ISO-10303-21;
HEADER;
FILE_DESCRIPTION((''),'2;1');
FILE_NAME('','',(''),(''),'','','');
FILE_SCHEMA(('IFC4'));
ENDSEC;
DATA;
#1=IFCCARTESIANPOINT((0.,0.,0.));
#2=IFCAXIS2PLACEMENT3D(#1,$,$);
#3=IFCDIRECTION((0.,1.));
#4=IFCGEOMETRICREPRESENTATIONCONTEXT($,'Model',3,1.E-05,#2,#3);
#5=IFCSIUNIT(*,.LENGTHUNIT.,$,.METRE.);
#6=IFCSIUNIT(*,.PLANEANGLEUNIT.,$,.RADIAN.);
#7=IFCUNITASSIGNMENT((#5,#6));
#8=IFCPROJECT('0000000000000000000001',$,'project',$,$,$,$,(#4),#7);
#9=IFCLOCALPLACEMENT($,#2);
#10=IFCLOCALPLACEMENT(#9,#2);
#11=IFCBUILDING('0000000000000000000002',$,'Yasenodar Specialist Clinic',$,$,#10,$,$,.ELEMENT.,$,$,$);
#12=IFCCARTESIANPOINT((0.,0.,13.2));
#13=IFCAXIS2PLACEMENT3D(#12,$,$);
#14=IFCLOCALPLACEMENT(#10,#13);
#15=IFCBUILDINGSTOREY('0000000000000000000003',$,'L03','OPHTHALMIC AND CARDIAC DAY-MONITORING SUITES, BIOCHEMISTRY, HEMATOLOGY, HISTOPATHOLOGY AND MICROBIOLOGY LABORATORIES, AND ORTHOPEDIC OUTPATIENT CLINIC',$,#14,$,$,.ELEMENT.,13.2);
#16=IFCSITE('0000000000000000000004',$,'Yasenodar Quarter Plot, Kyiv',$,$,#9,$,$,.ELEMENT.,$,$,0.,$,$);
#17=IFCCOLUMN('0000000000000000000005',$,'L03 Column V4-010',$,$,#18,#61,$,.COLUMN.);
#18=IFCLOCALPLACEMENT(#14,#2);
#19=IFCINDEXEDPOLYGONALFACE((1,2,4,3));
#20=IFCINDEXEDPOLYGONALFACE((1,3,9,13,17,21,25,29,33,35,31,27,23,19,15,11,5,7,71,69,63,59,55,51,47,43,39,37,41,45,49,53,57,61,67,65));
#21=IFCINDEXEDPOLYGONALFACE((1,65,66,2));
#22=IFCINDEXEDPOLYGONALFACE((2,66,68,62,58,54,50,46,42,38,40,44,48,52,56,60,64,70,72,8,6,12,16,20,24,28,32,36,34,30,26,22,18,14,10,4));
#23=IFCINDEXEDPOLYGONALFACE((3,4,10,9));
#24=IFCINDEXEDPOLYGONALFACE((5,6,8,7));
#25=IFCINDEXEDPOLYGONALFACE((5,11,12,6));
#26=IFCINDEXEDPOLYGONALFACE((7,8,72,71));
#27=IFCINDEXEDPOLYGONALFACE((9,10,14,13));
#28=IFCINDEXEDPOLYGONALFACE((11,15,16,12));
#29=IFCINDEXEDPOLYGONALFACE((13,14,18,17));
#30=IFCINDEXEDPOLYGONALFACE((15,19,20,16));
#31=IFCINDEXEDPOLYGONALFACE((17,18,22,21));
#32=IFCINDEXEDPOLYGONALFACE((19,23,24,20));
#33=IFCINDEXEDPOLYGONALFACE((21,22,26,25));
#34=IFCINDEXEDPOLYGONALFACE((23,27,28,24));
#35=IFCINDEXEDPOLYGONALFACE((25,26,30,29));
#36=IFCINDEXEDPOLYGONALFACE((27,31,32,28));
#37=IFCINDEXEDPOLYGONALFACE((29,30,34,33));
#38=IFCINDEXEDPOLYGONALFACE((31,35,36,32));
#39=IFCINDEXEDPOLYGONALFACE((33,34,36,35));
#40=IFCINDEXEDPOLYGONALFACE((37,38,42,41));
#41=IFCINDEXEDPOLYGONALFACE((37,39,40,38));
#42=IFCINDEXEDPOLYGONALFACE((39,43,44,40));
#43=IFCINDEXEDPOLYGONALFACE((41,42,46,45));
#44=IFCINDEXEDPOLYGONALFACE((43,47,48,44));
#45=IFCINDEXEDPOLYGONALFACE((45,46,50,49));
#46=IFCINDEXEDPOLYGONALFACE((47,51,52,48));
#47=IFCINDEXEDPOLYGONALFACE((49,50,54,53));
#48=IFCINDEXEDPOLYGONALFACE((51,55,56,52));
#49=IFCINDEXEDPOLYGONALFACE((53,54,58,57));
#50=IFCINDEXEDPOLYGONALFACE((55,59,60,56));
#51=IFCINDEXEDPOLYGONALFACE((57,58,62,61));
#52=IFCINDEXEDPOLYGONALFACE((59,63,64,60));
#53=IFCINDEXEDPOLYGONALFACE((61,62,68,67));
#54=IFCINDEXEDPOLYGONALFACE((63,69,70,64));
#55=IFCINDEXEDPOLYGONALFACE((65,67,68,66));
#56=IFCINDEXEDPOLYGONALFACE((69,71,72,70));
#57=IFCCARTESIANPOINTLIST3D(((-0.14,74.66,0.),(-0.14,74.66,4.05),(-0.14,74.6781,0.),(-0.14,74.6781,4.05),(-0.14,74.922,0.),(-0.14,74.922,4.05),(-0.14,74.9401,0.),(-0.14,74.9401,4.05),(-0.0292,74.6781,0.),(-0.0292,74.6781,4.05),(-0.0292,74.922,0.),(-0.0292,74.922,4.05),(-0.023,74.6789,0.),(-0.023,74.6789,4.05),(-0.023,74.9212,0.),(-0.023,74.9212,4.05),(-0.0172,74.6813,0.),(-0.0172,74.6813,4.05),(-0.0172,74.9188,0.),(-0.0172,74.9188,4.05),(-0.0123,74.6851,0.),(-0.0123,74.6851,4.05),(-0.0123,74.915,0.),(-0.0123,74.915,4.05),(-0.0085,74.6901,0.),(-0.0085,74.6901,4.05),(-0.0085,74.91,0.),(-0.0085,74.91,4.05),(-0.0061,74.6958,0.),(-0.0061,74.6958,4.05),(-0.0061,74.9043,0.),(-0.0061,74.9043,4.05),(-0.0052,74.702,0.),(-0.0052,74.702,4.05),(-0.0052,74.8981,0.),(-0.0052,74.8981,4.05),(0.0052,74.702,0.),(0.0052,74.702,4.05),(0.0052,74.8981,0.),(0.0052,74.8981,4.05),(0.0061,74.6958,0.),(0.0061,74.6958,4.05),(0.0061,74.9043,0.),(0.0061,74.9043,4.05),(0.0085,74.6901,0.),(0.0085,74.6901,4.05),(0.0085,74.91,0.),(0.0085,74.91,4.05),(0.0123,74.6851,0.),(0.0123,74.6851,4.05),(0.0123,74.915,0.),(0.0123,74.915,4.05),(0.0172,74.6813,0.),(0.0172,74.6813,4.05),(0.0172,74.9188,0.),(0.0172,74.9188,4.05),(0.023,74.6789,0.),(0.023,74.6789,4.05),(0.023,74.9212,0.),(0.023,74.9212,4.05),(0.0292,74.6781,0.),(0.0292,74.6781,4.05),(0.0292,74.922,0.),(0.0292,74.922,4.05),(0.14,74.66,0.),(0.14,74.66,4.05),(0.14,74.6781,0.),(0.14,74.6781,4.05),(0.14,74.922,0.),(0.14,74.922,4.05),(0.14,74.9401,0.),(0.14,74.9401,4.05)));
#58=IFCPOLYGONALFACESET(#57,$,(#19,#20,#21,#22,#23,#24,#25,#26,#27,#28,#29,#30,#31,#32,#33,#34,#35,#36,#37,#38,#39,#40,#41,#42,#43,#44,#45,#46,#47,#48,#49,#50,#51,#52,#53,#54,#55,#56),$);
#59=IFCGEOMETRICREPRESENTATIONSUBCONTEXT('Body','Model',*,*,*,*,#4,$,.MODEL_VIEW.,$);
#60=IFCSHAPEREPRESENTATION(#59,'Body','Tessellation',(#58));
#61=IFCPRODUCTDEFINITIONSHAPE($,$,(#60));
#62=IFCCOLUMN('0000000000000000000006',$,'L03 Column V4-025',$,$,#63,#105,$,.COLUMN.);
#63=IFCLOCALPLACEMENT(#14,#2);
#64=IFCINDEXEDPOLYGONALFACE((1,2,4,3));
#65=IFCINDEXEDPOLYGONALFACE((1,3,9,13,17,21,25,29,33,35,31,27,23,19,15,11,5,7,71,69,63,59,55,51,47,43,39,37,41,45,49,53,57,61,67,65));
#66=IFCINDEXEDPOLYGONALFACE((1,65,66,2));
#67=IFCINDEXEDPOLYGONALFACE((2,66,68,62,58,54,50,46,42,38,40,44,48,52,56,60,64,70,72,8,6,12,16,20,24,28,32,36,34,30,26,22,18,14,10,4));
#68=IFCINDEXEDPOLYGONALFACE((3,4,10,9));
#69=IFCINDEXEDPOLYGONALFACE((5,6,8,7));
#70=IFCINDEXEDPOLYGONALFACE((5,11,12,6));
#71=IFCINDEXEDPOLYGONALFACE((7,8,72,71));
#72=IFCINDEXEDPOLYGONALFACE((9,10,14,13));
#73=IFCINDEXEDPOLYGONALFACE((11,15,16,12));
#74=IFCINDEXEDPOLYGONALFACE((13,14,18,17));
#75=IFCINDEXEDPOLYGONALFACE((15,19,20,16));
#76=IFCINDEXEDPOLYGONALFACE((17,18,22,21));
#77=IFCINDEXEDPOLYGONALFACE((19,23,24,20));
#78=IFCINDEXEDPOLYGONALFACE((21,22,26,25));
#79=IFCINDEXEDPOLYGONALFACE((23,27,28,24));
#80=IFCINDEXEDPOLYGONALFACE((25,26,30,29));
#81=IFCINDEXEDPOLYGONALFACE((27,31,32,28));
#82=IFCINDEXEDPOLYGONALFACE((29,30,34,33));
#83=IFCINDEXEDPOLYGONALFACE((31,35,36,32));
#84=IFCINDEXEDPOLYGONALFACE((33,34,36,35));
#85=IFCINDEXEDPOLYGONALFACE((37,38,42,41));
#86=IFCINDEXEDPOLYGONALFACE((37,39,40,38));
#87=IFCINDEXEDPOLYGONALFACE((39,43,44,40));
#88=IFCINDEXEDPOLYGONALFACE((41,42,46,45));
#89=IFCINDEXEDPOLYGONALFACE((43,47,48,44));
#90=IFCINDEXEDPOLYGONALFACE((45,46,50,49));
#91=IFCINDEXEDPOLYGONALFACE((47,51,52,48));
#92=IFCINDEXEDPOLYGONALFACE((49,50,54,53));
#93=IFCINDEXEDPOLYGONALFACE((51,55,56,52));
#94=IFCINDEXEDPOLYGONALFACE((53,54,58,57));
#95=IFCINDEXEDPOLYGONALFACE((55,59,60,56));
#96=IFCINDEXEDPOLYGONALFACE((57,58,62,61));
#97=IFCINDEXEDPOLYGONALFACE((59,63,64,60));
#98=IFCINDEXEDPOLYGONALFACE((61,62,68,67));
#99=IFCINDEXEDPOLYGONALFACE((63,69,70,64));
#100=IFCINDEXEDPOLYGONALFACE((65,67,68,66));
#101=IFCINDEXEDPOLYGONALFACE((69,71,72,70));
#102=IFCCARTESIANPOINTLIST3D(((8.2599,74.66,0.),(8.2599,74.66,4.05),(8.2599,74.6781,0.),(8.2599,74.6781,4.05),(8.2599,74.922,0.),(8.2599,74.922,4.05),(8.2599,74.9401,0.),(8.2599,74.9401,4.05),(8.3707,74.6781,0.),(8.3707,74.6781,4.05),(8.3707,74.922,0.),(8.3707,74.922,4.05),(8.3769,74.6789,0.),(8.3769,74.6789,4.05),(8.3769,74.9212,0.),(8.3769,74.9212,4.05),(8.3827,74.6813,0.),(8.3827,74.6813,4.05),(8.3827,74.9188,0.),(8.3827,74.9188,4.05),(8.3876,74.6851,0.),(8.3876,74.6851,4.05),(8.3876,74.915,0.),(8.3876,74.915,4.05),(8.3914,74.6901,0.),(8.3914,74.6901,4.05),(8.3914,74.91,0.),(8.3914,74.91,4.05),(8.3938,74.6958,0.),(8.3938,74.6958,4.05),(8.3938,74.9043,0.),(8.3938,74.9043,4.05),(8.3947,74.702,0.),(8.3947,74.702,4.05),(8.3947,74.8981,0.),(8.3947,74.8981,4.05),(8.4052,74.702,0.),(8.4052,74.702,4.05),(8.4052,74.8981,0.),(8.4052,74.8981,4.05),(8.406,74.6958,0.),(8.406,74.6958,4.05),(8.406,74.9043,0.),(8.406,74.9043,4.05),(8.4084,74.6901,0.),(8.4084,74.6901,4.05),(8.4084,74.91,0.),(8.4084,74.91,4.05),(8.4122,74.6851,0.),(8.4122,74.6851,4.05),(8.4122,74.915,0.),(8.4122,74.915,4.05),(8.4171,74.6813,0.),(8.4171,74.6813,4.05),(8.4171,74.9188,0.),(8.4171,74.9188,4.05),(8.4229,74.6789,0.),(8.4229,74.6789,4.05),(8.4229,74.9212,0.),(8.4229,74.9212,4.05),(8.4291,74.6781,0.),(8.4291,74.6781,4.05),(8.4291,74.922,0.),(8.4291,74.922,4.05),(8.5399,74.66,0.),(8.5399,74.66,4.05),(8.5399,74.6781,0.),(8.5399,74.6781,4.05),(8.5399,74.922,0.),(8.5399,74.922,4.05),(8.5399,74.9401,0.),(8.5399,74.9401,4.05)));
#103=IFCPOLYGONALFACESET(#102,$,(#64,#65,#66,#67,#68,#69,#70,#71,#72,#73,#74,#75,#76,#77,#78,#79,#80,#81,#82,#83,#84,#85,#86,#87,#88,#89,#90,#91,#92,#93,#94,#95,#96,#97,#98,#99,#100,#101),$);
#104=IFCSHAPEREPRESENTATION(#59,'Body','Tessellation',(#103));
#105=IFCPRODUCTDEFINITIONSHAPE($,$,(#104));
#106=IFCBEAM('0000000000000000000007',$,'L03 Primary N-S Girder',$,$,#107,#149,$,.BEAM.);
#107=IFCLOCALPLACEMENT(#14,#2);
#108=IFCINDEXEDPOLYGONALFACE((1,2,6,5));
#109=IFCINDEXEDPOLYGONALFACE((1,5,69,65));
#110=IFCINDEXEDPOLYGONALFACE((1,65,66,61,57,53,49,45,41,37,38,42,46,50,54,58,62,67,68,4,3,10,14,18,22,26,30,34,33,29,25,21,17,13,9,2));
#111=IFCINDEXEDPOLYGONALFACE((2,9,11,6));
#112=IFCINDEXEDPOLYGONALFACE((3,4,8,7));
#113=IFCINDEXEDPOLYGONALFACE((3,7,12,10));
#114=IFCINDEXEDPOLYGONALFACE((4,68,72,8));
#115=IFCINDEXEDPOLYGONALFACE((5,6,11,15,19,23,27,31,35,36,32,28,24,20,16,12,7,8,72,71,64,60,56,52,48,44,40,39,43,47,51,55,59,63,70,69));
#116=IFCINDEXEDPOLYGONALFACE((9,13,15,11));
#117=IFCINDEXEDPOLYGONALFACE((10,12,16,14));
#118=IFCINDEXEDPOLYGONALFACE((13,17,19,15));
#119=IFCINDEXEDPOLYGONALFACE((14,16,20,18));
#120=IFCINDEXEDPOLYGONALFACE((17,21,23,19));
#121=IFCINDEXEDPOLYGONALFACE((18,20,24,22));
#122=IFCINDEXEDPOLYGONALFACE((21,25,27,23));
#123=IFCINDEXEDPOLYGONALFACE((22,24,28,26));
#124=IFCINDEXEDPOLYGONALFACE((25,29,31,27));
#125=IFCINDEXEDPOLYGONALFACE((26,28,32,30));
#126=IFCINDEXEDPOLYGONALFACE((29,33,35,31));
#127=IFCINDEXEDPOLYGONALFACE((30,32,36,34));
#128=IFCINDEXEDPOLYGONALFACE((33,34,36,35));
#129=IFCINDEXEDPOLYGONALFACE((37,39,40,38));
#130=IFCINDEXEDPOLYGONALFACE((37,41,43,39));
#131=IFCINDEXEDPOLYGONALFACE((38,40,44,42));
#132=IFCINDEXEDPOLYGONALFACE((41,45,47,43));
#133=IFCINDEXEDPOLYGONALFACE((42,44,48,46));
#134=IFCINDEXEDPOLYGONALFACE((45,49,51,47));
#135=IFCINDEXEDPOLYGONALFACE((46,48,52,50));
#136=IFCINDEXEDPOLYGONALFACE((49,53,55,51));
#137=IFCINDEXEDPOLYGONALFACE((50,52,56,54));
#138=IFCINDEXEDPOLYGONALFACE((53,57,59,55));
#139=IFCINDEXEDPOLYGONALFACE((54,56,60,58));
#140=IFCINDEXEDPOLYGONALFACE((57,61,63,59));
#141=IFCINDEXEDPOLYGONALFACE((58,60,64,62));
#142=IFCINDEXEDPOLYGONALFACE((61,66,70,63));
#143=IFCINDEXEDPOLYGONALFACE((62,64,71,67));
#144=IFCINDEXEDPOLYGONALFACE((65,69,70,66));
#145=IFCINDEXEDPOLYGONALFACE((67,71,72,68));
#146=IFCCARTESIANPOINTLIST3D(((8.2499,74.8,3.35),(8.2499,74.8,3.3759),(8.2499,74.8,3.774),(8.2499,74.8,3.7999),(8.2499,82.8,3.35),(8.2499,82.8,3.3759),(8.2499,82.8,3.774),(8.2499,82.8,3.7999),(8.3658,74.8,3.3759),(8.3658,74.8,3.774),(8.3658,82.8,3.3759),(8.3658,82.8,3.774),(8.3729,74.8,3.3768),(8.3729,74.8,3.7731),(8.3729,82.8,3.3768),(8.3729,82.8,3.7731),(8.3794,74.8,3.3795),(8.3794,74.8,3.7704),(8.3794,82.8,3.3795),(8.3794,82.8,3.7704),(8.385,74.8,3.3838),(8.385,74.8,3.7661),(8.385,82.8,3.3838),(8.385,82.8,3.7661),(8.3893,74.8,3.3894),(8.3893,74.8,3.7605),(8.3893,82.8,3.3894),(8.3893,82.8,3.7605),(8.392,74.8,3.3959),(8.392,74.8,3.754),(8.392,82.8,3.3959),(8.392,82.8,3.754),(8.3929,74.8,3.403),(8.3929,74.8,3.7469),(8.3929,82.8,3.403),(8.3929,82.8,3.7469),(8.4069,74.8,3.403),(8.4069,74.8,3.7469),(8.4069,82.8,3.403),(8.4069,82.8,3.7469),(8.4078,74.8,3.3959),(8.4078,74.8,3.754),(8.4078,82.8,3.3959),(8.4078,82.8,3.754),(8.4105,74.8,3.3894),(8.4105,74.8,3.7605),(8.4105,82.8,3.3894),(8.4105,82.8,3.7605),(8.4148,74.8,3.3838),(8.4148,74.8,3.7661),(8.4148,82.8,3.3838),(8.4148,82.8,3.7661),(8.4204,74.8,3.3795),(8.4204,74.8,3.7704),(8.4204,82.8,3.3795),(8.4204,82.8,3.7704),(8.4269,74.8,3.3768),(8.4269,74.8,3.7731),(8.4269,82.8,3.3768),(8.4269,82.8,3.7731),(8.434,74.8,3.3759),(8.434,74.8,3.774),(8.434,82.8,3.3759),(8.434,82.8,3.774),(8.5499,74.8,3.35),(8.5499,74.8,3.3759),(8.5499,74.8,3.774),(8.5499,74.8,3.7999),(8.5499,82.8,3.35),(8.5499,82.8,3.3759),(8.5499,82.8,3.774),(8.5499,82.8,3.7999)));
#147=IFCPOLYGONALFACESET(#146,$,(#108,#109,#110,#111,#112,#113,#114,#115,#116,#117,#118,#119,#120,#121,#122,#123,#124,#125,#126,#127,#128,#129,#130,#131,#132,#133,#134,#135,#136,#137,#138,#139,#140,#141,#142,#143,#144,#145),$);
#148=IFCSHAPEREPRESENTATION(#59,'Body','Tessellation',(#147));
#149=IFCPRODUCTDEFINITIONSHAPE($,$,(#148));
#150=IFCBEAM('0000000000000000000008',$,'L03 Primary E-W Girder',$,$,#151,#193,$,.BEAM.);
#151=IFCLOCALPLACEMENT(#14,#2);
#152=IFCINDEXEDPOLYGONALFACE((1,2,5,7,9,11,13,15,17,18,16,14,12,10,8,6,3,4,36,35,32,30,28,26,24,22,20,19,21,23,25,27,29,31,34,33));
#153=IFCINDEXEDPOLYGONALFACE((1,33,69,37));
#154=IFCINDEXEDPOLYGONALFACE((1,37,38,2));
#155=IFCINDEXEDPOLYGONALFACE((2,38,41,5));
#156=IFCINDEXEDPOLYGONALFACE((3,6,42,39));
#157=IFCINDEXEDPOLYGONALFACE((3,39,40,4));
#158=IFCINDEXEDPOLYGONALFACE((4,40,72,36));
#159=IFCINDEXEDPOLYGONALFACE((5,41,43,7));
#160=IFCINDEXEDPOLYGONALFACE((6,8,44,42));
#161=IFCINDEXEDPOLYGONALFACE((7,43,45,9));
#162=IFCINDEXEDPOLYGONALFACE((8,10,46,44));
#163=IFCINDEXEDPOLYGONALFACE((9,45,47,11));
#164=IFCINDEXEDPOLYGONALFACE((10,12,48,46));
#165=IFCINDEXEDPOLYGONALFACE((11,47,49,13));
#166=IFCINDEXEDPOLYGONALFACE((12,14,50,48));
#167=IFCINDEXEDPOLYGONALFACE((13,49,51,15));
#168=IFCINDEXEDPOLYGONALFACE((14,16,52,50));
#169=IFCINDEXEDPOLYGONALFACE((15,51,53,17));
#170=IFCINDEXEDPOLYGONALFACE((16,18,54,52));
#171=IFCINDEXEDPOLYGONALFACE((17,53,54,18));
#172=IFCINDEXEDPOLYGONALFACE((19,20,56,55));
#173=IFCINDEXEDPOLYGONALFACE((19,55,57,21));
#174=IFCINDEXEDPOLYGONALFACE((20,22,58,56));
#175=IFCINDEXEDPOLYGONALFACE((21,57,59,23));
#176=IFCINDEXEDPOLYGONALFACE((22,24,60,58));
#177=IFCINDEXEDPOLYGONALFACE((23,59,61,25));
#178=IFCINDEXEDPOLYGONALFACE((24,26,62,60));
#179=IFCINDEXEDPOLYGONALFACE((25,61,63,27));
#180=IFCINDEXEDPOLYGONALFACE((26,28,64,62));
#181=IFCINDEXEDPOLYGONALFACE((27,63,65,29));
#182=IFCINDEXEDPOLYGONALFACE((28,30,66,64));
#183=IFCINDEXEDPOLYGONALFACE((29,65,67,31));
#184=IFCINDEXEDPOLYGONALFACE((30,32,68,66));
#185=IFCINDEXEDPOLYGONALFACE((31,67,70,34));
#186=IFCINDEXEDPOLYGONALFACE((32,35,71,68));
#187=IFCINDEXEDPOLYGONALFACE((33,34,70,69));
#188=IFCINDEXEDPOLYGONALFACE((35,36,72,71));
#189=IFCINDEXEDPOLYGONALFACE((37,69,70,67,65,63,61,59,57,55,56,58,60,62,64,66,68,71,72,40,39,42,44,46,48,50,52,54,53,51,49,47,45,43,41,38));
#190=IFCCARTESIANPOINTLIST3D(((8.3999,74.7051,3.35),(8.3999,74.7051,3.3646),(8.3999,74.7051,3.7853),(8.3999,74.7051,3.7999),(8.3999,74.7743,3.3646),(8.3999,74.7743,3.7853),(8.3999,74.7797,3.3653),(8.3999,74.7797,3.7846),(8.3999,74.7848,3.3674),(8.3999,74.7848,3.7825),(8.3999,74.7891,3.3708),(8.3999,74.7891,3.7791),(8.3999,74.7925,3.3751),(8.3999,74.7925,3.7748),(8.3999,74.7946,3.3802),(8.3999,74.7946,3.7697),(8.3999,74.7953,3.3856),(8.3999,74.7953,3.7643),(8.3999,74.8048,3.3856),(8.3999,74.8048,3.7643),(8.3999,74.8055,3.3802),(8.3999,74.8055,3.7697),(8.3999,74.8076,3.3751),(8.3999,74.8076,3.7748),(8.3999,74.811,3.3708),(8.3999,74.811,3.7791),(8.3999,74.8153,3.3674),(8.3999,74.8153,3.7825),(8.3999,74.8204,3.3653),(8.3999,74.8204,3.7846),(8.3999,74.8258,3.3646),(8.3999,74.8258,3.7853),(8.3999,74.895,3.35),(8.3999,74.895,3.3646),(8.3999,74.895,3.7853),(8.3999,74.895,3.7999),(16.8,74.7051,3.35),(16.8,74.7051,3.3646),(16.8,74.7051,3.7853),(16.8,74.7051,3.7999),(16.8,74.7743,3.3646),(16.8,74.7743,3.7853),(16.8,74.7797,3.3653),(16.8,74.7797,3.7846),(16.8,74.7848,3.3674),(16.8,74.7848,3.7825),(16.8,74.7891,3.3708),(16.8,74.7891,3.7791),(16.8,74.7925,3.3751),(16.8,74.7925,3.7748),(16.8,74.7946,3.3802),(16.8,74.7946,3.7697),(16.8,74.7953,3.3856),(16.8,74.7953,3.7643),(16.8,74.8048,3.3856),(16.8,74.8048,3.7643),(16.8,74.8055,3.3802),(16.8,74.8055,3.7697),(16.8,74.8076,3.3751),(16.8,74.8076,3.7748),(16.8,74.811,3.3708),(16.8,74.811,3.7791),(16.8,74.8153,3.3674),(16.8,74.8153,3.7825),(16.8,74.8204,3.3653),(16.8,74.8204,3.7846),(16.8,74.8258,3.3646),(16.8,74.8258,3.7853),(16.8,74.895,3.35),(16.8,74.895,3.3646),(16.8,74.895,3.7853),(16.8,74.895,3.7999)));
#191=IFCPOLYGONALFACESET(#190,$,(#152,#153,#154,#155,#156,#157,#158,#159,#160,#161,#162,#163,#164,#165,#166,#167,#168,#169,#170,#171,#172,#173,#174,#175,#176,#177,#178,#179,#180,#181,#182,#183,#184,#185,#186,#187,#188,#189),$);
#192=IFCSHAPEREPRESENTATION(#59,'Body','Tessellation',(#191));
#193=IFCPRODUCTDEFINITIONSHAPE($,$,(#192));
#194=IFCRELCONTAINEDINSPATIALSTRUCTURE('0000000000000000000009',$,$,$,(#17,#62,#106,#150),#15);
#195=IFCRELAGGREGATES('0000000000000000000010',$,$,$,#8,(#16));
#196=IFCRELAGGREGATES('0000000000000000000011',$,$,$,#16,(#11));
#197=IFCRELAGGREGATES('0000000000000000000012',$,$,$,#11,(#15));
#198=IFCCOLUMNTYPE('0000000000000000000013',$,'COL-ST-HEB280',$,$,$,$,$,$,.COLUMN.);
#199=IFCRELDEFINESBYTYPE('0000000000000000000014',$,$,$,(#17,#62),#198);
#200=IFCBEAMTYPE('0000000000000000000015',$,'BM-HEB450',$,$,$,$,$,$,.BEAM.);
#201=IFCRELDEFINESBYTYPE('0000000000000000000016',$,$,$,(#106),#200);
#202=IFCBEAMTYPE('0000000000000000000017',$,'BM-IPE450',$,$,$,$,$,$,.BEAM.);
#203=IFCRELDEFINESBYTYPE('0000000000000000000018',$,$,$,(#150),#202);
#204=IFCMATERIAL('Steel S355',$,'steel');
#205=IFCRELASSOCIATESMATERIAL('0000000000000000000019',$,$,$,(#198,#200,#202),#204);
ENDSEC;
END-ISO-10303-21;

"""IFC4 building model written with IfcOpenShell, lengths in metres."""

from ifc_helpers import new_model, si_unit, direction, frame, origin, origin_2d, place, context, subcontext, project, spatial, i_section, extrude, material, material_profile, profile_set, type_object, element, save


model = new_model("IFC4")

# Units and contexts
model_context = context("Model", 3, precision=1e-05, world=origin(), true_north=direction((0.0, 1.0)))
body_context = subcontext(model_context, "Body", "Model", "MODEL_VIEW")
ifc_project = project(units=[si_unit("LENGTHUNIT", "METRE"), si_unit("PLANEANGLEUNIT", "RADIAN")], contexts=[model_context])

# Site, building, storey
site_placement = place(None, origin())
site = spatial("IfcSite", under=ifc_project, at=site_placement, Name="Yasenodar Quarter Plot, Kyiv", CompositionType="ELEMENT", RefElevation=0.0)
building_placement = place(site_placement, origin())
building = spatial("IfcBuilding", under=site, at=building_placement, Name="Yasenodar Specialist Clinic", CompositionType="ELEMENT")
storey_placement = place(building_placement, frame((0.0, 0.0, 13.2)))
storey = spatial("IfcBuildingStorey", under=building, at=storey_placement, Name="L03", Description="OPHTHALMIC AND CARDIAC DAY-MONITORING SUITES, BIOCHEMISTRY, HEMATOLOGY, HISTOPATHOLOGY AND MICROBIOLOGY LABORATORIES, AND ORTHOPEDIC OUTPATIENT CLINIC", CompositionType="ELEMENT", Elevation=13.2)

# Columns
ifc_material_1 = material(Name="Steel S355", Category="steel")
ifc_material_profile_1 = material_profile(ifc_material_1, i_section(OverallWidth=0.28, OverallDepth=0.28, WebThickness=0.0105, FlangeThickness=0.0181, FilletRadius=0.0239, at=origin_2d()), Name="HEB 280")
ifc_profile_set_1 = profile_set([ifc_material_profile_1], Name="Steel S355")
column_type = type_object("IfcColumnType", Name="COL-ST-HEB280", PredefinedType="COLUMN", material=ifc_profile_set_1)
for number, where, z_axis, x_axis, name in (
    (1, (0.0, 74.8, 0.0), (0.0, 0.0, 1.0), (1.0, 0.0, 0.0), "L03 Column V4-010"),
    (2, (8.3999, 74.8, 0.0), (0.0, 0.0, 1.0), (1.0, 0.0, 0.0), "L03 Column V4-025"),
):
    element("IfcColumn", number, at=place(storey_placement, frame(where, z_axis=z_axis, x_axis=x_axis)), inside=storey, type_object=column_type, Name=name, PredefinedType="COLUMN", context=body_context, shape_type="SweptSolid", body=[
        extrude(i_section(OverallWidth=0.28, OverallDepth=0.28, WebThickness=0.0105, FlangeThickness=0.0181, FilletRadius=0.0239, at=origin_2d()), origin(), (0.0, 0.0, 1.0), 4.05),
    ])

# Beams
ifc_material_profile_2 = material_profile(ifc_material_1, i_section(OverallWidth=0.3, OverallDepth=0.45, WebThickness=0.0139, FlangeThickness=0.0259, FilletRadius=0.0271, at=origin_2d()), Name="HEB 450")
ifc_profile_set_2 = profile_set([ifc_material_profile_2], Name="Steel S355")
beam_type_1 = type_object("IfcBeamType", Name="BM-HEB450", PredefinedType="BEAM", material=ifc_profile_set_2)
beam_1_placement = place(storey_placement, frame((8.3999, 74.8, 3.575), z_axis=(0.0, 1.0, 0.0), x_axis=(-1.0, 0.0, 0.0)))
element("IfcBeam", 3, at=beam_1_placement, inside=storey, type_object=beam_type_1, Name="L03 Primary N-S Girder", PredefinedType="BEAM", context=body_context, shape_type="SweptSolid", body=[
    extrude(i_section(OverallWidth=0.3, OverallDepth=0.45, WebThickness=0.0139, FlangeThickness=0.0259, FilletRadius=0.0271, at=origin_2d()), origin(), (0.0, 0.0, 1.0), 8.0),
])
ifc_material_profile_3 = material_profile(ifc_material_1, i_section(OverallWidth=0.1899, OverallDepth=0.45, WebThickness=0.0095, FlangeThickness=0.0146, FilletRadius=0.021, at=origin_2d()), Name="IPE 450")
ifc_profile_set_3 = profile_set([ifc_material_profile_3], Name="Steel S355")
beam_type_2 = type_object("IfcBeamType", Name="BM-IPE450", PredefinedType="BEAM", material=ifc_profile_set_3)
beam_2_placement = place(storey_placement, frame((8.3999, 74.8, 3.575), z_axis=(1.0, 0.0, 0.0), x_axis=(0.0, 1.0, 0.0)))
element("IfcBeam", 4, at=beam_2_placement, inside=storey, type_object=beam_type_2, Name="L03 Primary E-W Girder", PredefinedType="BEAM", context=body_context, shape_type="SweptSolid", body=[
    extrude(i_section(OverallWidth=0.1899, OverallDepth=0.45, WebThickness=0.0095, FlangeThickness=0.0146, FilletRadius=0.021, at=origin_2d()), origin(), (0.0, 0.0, 1.0), 8.4001),
])

save(model, "model.ifc")
